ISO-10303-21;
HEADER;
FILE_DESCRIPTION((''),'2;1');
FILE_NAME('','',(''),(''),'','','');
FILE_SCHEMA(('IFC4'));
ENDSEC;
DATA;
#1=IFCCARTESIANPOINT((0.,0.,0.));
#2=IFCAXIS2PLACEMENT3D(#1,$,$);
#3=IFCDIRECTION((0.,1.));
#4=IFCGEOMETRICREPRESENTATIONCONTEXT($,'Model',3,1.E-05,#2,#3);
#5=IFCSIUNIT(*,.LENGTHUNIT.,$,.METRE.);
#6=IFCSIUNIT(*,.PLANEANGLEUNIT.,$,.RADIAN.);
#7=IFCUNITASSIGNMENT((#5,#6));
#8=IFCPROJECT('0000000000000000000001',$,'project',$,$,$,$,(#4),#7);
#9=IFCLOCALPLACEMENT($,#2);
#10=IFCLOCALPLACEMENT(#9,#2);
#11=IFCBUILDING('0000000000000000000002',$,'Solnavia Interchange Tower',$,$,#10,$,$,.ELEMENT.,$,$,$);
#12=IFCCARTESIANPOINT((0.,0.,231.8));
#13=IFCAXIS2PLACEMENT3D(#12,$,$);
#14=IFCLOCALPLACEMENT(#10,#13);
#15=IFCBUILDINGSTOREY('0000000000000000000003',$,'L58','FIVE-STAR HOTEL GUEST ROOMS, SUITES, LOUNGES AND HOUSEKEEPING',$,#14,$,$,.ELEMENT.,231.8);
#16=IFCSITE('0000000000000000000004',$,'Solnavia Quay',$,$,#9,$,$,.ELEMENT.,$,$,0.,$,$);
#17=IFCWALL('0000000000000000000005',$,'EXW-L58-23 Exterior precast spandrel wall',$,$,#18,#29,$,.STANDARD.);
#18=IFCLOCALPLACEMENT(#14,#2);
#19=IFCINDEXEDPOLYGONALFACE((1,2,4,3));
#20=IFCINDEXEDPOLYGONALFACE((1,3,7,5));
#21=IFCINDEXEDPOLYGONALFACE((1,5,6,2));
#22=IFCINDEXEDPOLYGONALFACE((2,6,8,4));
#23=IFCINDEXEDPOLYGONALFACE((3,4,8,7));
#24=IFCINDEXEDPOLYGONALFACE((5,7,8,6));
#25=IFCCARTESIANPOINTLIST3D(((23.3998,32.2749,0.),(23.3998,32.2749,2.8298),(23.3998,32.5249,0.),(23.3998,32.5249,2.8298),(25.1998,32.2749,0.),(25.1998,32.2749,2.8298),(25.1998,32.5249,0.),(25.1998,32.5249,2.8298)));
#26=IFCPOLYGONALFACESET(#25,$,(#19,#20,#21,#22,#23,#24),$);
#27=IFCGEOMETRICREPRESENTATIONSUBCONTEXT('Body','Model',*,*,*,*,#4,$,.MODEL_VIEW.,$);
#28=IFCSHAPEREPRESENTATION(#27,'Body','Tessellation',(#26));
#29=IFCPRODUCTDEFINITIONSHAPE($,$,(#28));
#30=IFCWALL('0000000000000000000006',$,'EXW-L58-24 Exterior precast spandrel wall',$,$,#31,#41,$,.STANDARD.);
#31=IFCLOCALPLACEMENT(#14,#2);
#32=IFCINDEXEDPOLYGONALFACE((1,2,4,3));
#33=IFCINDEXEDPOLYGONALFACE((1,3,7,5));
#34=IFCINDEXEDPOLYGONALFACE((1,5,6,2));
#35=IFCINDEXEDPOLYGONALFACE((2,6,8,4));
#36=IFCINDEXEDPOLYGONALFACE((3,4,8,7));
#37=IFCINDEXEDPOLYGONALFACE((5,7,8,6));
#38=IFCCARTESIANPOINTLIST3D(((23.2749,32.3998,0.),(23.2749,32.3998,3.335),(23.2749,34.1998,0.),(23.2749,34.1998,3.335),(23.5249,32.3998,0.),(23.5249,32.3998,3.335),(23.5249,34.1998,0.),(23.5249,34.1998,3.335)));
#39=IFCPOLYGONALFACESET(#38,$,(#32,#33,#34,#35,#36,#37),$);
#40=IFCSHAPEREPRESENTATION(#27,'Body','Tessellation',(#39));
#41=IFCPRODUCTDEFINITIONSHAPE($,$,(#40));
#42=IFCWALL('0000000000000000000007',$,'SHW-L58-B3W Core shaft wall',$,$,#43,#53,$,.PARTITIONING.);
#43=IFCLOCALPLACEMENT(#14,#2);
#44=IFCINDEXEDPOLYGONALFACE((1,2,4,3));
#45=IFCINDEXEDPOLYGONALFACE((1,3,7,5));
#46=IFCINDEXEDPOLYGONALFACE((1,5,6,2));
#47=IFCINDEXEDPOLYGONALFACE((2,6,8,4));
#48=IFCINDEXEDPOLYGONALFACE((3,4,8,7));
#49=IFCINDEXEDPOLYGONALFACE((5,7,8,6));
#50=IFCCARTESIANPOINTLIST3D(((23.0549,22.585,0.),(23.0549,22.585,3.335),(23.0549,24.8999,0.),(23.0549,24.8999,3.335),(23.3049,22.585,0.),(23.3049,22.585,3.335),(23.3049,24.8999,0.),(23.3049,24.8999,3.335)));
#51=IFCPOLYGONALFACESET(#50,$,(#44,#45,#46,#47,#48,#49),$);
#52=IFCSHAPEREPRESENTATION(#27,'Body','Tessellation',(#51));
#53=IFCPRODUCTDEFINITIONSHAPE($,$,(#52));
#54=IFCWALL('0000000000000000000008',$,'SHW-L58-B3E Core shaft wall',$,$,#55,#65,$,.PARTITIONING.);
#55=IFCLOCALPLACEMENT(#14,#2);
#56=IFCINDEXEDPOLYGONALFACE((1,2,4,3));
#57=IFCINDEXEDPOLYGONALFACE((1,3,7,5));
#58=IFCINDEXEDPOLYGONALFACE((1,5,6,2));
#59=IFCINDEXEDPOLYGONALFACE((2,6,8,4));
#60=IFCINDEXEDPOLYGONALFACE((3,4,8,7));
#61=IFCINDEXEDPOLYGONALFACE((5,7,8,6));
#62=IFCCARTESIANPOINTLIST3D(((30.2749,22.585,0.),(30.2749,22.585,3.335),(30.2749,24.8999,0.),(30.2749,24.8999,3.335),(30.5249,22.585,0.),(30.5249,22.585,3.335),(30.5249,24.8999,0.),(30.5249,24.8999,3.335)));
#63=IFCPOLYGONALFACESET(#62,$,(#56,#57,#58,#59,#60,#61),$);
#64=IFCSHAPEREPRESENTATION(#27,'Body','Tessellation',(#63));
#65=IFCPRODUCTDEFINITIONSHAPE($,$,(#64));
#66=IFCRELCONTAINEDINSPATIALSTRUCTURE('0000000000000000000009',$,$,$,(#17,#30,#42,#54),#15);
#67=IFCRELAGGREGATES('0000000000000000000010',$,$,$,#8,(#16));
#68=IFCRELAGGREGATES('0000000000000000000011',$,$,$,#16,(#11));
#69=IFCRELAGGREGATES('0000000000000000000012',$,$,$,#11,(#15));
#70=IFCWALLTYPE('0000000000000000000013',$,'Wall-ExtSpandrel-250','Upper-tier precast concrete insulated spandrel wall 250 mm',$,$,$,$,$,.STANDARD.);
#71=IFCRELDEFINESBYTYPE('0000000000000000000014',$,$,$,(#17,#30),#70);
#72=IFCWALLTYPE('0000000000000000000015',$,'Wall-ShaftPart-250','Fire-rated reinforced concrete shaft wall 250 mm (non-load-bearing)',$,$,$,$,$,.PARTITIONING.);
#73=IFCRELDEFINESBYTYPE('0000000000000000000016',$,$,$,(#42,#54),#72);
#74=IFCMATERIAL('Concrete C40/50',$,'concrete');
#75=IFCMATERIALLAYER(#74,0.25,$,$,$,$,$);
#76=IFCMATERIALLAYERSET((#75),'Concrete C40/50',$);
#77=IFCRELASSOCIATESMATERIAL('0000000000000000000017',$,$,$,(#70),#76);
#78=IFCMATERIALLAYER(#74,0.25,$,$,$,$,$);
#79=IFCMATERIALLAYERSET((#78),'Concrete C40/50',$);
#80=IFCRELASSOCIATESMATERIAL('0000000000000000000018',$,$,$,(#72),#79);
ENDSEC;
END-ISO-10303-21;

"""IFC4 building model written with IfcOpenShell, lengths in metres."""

from ifc_helpers import new_model, si_unit, direction, frame, frame_2d, origin, place, context, subcontext, project, spatial, rectangle, extrude, material, layer, layer_set, type_object, element, save


model = new_model("IFC4")

# Units and contexts
model_context = context("Model", 3, precision=1e-05, world=origin(), true_north=direction((0.0, 1.0)))
body_context = subcontext(model_context, "Body", "Model", "MODEL_VIEW")
ifc_project = project(units=[si_unit("LENGTHUNIT", "METRE"), si_unit("PLANEANGLEUNIT", "RADIAN")], contexts=[model_context])

# Site, building, storey
site_placement = place(None, origin())
site = spatial("IfcSite", under=ifc_project, at=site_placement, Name="Solnavia Quay", CompositionType="ELEMENT", RefElevation=0.0)
building_placement = place(site_placement, origin())
building = spatial("IfcBuilding", under=site, at=building_placement, Name="Solnavia Interchange Tower", CompositionType="ELEMENT")
storey_placement = place(building_placement, frame((0.0, 0.0, 231.8)))
storey = spatial("IfcBuildingStorey", under=building, at=storey_placement, Name="L58", Description="FIVE-STAR HOTEL GUEST ROOMS, SUITES, LOUNGES AND HOUSEKEEPING", CompositionType="ELEMENT", Elevation=231.8)

# Shared definitions
ifc_material_1 = material(Name="Concrete C40/50", Category="concrete")
ifc_layer_1 = layer(ifc_material_1, 0.25)
ifc_layer_set_1 = layer_set([ifc_layer_1], Name="Concrete C40/50")
wall_type_1 = type_object("IfcWallType", Name="Wall-ExtSpandrel-250", Description="Upper-tier precast concrete insulated spandrel wall 250 mm", PredefinedType="STANDARD", material=ifc_layer_set_1)

# Walls
wall_1_placement = place(storey_placement, frame((23.3999, 32.3999, 0.0), z_axis=(0.0, 0.0, 1.0), x_axis=(1.0, 0.0, 0.0)))
element("IfcWall", 1, at=wall_1_placement, inside=storey, type_object=wall_type_1, Name="EXW-L58-23 Exterior precast spandrel wall", PredefinedType="STANDARD", context=body_context, shape_type="SweptSolid", body=[
    extrude(rectangle(XDim=1.8, YDim=0.25, at=frame_2d((0.8999, 0.0))), origin(), (0.0, 0.0, 1.0), 2.8298),
])
wall_2_placement = place(storey_placement, frame((23.3999, 32.3999, 0.0), z_axis=(0.0, 0.0, 1.0), x_axis=(0.0, 1.0, 0.0)))
element("IfcWall", 2, at=wall_2_placement, inside=storey, type_object=wall_type_1, Name="EXW-L58-24 Exterior precast spandrel wall", PredefinedType="STANDARD", context=body_context, shape_type="SweptSolid", body=[
    extrude(rectangle(XDim=1.8, YDim=0.25, at=frame_2d((0.8999, 0.0))), origin(), (0.0, 0.0, 1.0), 3.335),
])
ifc_layer_2 = layer(ifc_material_1, 0.25)
ifc_layer_set_2 = layer_set([ifc_layer_2], Name="Concrete C40/50")
wall_type_2 = type_object("IfcWallType", Name="Wall-ShaftPart-250", Description="Fire-rated reinforced concrete shaft wall 250 mm (non-load-bearing)", PredefinedType="PARTITIONING", material=ifc_layer_set_2)
for number, where, z_axis, x_axis, name in (
    (3, (23.1799, 22.585, 0.0), (0.0, 0.0, 1.0), (0.0, 1.0, 0.0), "SHW-L58-B3W Core shaft wall"),
    (4, (30.3999, 22.585, 0.0), (0.0, 0.0, 1.0), (0.0, 1.0, 0.0), "SHW-L58-B3E Core shaft wall"),
):
    element("IfcWall", number, at=place(storey_placement, frame(where, z_axis=z_axis, x_axis=x_axis)), inside=storey, type_object=wall_type_2, Name=name, PredefinedType="PARTITIONING", context=body_context, shape_type="SweptSolid", body=[
        extrude(rectangle(XDim=2.3149, YDim=0.25, at=frame_2d((1.1575, 0.0))), origin(), (0.0, 0.0, 1.0), 3.335),
    ])

save(model, "model.ifc")
